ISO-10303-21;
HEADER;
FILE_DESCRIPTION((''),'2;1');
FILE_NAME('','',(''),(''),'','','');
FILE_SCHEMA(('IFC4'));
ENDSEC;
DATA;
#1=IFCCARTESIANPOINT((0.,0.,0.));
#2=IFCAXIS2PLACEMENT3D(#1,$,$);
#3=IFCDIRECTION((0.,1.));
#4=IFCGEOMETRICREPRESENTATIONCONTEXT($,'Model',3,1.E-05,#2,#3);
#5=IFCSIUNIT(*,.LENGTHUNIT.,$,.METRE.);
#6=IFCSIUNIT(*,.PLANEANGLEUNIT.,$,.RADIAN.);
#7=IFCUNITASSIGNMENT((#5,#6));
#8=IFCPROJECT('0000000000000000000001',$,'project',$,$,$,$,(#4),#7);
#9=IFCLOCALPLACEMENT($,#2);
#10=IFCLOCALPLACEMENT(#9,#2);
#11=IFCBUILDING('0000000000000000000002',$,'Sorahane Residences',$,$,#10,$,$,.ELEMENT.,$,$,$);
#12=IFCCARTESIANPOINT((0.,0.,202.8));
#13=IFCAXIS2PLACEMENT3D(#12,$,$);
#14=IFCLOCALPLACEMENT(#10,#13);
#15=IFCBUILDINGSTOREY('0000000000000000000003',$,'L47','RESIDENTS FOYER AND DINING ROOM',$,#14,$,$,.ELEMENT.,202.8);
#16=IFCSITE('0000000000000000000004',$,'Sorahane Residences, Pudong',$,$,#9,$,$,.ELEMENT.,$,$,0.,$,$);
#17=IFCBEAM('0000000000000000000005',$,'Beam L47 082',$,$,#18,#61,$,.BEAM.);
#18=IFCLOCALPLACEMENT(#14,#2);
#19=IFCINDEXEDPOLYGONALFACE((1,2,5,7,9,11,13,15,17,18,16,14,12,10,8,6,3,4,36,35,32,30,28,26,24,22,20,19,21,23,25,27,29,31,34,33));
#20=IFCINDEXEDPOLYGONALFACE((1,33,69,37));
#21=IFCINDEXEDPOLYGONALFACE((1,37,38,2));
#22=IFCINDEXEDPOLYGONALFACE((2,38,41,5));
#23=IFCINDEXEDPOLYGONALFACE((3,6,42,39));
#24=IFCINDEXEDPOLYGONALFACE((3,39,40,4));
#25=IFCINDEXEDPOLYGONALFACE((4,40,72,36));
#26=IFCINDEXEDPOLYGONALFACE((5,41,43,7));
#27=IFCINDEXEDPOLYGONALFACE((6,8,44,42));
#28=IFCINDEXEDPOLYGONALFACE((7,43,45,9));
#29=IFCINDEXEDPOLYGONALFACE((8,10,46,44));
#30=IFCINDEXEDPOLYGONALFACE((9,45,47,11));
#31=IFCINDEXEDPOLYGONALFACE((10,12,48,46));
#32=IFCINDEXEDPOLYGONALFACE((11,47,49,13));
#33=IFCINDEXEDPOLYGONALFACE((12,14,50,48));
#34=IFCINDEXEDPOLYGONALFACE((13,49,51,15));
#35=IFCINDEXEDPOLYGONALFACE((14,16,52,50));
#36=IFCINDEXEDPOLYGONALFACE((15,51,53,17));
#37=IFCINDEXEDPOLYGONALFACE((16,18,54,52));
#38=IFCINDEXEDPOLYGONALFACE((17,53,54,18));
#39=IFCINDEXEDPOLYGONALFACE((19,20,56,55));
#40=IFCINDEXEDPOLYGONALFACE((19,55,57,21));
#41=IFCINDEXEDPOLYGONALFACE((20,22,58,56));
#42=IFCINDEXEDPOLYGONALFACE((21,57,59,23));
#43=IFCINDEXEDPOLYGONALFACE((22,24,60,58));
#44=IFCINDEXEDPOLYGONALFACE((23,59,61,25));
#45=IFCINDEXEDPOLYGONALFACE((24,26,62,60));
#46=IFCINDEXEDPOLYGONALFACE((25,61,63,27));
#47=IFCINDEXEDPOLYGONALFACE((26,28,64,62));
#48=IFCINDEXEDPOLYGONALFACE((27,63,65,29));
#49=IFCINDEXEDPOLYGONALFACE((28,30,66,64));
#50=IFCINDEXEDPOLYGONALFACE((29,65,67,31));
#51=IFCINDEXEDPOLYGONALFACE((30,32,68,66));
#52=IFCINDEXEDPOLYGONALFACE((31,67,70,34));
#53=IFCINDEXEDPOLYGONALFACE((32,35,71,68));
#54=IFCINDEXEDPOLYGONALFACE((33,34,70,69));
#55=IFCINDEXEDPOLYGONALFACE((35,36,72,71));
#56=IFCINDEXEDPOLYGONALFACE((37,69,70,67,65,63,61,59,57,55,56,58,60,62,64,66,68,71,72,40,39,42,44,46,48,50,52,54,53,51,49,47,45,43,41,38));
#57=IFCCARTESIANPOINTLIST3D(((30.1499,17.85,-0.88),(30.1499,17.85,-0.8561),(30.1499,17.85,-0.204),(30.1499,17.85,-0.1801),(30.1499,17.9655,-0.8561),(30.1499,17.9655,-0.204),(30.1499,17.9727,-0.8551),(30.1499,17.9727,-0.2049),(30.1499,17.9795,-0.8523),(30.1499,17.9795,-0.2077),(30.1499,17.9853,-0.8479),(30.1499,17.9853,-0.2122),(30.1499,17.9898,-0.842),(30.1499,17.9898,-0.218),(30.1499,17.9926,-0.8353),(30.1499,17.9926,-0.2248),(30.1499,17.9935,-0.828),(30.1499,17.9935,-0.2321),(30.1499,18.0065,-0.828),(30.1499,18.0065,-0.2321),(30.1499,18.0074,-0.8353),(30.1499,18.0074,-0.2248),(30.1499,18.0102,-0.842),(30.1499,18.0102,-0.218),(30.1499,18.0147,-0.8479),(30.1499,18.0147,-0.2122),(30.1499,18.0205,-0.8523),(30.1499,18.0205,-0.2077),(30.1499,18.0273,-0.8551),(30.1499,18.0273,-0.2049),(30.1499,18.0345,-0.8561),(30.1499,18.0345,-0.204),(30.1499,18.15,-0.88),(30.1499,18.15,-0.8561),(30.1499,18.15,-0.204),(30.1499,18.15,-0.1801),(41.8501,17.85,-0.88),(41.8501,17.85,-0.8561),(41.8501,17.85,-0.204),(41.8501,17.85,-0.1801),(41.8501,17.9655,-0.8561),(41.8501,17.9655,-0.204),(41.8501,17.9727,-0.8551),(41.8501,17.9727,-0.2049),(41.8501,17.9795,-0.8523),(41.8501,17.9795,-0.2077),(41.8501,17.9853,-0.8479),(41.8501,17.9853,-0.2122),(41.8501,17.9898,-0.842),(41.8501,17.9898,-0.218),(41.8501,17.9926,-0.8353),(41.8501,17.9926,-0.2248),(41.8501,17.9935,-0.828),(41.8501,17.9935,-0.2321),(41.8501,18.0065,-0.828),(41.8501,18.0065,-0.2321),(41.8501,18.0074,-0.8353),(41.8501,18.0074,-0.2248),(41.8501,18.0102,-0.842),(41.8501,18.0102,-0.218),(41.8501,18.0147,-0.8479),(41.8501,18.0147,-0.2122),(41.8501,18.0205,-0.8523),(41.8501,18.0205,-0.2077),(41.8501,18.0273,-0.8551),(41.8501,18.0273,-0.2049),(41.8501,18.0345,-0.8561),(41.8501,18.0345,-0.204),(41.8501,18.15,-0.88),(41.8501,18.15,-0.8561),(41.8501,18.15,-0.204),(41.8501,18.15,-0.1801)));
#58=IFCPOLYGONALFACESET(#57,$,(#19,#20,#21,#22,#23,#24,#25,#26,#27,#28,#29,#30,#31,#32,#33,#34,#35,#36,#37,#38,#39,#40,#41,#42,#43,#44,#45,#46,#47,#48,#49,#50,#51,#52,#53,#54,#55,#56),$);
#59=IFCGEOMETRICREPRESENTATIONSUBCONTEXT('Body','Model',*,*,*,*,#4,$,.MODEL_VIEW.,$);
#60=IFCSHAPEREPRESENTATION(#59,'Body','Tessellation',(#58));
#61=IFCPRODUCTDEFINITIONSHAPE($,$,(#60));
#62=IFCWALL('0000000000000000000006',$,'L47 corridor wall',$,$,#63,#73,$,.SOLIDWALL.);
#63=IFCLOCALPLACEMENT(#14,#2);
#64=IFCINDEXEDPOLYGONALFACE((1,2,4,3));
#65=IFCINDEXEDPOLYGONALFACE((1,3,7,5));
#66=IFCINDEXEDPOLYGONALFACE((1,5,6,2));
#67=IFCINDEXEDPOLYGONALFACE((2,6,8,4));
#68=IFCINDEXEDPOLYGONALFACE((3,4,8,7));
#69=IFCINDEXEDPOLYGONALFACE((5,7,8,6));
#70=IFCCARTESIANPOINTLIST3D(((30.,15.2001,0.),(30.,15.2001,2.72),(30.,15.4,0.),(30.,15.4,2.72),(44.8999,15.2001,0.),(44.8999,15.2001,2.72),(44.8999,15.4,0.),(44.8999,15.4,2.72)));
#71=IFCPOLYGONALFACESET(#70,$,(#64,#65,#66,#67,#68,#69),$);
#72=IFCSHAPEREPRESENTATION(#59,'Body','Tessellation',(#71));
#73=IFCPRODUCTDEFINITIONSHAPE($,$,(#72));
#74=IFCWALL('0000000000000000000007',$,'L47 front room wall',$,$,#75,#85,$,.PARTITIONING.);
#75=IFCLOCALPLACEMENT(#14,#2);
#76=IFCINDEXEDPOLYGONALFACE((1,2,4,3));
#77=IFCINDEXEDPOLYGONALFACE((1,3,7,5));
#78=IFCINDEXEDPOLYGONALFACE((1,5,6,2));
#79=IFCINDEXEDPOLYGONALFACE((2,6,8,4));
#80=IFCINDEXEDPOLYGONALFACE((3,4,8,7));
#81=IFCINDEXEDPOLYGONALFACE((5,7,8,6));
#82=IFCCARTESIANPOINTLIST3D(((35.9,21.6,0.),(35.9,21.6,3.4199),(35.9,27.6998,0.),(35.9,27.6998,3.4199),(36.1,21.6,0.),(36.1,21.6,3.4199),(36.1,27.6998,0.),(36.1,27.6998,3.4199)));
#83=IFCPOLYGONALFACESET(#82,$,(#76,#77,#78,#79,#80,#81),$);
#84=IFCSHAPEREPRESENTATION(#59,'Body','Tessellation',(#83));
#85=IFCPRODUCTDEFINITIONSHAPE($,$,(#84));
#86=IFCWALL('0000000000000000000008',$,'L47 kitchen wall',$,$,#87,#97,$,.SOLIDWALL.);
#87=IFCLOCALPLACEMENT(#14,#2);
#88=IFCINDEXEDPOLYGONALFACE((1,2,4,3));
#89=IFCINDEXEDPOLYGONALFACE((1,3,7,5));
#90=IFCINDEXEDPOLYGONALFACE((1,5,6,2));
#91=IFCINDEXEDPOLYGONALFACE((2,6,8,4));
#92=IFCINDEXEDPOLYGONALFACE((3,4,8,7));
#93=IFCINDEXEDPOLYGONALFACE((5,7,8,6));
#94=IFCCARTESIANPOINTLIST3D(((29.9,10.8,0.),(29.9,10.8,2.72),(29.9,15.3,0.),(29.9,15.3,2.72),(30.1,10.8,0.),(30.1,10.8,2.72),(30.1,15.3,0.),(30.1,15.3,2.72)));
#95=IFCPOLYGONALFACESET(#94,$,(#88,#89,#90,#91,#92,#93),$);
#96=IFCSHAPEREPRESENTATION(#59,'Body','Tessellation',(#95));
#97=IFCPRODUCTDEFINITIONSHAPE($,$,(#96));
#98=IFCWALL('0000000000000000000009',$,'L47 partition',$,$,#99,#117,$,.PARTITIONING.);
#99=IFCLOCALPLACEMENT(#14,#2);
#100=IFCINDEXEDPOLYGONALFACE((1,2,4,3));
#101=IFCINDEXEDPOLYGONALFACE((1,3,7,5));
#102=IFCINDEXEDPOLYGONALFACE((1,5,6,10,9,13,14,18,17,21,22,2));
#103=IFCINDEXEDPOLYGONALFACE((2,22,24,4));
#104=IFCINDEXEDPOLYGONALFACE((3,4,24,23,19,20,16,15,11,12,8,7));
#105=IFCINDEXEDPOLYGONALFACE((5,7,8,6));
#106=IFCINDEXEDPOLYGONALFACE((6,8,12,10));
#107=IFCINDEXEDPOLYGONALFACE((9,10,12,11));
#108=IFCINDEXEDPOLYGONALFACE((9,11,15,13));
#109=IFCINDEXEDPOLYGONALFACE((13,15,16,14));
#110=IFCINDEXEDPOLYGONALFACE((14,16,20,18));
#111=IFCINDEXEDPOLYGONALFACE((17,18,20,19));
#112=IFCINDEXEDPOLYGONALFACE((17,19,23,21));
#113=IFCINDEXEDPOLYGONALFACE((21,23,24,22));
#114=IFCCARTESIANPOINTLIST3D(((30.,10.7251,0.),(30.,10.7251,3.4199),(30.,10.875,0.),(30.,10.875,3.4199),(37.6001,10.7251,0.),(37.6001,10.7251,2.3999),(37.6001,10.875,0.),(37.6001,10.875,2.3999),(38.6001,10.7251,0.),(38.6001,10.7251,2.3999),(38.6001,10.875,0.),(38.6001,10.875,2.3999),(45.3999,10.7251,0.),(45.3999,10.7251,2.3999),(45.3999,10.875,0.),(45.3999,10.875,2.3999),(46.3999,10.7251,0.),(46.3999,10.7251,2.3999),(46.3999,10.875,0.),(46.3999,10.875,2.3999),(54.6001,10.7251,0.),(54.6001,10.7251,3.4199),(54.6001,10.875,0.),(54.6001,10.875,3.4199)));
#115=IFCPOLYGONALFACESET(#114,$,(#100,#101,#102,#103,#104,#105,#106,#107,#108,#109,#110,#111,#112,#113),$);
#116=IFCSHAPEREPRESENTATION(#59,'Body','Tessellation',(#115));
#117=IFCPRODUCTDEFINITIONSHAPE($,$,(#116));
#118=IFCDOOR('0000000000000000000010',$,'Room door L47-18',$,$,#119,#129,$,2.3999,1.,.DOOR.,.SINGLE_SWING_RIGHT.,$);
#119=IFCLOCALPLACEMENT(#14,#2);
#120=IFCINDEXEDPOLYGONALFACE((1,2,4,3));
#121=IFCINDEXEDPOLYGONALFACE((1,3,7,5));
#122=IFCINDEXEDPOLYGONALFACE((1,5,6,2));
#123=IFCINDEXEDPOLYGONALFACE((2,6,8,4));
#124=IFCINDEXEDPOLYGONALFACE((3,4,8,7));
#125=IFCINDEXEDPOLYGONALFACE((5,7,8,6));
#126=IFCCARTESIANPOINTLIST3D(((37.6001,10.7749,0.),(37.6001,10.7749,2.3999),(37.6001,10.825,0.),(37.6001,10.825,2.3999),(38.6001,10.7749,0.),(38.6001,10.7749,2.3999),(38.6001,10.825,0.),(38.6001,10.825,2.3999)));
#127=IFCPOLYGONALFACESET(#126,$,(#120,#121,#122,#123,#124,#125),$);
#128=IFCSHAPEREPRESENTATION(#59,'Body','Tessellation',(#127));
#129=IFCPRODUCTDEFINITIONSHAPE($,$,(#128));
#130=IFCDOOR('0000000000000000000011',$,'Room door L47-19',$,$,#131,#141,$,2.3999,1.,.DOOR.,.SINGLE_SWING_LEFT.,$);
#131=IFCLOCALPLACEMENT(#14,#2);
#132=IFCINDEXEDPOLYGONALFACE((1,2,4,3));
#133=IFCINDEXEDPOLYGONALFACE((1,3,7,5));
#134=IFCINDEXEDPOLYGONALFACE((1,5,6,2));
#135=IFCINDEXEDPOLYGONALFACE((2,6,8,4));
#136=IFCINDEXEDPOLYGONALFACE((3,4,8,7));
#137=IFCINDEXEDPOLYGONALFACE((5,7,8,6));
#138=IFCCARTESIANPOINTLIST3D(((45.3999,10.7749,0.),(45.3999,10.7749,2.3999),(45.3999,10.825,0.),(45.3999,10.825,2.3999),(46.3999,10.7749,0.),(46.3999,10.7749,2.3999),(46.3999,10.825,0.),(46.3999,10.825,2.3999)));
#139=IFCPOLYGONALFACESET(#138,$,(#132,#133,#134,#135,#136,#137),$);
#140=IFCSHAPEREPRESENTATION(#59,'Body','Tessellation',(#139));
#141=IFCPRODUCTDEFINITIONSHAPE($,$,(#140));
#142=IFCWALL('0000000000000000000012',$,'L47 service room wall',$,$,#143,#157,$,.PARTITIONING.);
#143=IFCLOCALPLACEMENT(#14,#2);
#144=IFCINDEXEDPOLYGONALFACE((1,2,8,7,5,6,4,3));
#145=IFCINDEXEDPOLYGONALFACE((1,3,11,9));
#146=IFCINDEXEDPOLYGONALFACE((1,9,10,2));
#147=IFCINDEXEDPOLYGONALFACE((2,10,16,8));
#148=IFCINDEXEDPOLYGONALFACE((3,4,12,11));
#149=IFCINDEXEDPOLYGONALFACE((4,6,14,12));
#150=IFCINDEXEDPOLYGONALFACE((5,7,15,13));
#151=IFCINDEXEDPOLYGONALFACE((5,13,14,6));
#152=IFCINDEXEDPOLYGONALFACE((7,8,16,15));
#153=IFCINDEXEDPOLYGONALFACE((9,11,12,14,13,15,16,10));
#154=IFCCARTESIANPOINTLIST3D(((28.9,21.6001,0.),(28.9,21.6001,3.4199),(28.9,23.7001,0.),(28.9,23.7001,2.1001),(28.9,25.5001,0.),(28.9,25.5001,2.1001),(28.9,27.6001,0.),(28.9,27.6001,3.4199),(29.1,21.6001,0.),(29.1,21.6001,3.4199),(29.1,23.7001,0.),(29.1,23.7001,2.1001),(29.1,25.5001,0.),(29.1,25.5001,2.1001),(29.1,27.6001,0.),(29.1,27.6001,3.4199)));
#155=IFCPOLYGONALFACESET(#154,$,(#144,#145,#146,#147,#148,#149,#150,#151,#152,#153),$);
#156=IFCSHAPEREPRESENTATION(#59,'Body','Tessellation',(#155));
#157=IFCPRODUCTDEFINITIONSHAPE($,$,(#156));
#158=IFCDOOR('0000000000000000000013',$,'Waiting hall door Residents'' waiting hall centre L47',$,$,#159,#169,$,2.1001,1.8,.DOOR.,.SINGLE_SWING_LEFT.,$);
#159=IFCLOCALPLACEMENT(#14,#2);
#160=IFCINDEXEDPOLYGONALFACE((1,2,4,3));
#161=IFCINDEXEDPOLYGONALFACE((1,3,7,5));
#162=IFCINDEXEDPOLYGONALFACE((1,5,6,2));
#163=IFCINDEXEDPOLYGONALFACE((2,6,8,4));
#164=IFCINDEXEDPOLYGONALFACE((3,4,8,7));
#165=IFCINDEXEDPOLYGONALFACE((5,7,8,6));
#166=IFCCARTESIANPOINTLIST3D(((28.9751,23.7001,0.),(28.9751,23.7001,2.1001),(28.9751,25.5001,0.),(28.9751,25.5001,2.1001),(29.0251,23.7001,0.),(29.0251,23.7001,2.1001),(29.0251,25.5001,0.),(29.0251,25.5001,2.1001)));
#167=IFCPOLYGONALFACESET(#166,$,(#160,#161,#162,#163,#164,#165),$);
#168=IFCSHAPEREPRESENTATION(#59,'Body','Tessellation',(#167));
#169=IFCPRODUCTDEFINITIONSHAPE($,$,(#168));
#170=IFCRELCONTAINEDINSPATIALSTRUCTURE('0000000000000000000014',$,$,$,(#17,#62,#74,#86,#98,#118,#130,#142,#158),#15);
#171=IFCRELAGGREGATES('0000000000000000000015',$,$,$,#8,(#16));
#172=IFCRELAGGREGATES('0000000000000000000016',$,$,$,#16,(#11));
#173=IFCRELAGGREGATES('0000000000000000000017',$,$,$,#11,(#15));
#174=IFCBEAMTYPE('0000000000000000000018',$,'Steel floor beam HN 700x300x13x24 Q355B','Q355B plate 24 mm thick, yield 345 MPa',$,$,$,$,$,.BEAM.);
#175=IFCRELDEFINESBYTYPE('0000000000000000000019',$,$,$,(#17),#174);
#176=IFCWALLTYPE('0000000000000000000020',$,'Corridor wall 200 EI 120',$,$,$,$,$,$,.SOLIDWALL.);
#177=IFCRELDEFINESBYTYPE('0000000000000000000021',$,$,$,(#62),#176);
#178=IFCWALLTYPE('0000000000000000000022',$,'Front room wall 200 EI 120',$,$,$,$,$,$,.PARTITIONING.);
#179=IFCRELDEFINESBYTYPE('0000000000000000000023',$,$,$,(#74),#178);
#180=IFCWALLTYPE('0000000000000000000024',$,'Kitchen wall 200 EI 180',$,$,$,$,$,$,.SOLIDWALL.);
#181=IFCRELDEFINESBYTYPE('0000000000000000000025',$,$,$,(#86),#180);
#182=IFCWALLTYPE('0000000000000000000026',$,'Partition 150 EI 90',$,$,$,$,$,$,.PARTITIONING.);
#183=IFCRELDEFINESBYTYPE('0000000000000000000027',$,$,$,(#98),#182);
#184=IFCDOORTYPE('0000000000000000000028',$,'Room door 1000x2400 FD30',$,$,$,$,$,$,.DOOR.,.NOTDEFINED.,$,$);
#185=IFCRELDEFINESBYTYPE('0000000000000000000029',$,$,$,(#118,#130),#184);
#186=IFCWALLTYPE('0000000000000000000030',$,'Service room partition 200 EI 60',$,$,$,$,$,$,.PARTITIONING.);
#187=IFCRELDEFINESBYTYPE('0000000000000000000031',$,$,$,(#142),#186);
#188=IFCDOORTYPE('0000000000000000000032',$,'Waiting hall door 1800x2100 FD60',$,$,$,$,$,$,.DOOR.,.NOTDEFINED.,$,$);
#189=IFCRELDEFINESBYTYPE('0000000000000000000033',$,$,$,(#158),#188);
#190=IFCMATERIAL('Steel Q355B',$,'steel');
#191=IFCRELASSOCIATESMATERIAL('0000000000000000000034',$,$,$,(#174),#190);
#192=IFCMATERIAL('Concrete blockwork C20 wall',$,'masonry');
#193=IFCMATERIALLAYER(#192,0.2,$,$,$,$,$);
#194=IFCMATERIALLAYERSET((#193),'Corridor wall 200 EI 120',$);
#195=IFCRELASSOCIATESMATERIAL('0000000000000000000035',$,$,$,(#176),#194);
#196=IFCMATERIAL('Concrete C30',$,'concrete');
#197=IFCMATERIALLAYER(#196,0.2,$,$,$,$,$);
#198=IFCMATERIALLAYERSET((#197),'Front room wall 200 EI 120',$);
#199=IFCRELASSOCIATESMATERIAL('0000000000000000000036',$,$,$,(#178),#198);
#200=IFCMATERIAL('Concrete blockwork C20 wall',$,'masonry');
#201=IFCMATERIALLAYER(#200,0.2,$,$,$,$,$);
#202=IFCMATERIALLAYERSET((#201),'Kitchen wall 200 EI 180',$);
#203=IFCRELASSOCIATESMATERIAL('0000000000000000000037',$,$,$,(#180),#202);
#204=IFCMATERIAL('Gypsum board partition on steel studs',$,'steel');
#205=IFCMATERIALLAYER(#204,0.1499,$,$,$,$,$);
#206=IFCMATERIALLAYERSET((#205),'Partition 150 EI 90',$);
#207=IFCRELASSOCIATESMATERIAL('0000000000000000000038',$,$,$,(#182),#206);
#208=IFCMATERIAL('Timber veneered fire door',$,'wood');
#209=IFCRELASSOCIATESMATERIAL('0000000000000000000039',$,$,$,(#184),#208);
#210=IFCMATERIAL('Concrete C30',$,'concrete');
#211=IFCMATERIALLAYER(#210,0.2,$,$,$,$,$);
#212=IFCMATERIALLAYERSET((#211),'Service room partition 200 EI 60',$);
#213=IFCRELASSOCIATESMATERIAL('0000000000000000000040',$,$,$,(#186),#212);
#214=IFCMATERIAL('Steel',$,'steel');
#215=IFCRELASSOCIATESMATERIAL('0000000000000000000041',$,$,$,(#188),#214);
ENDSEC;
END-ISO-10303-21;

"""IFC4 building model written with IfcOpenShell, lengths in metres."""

from ifc_helpers import new_model, si_unit, direction, frame, frame_2d, origin, origin_2d, place, context, subcontext, project, spatial, rectangle, i_section, extrude, material, layer, layer_set, material_profile, profile_set, type_object, element, fill, save


model = new_model("IFC4")

# Units and contexts
model_context = context("Model", 3, precision=1e-05, world=origin(), true_north=direction((0.0, 1.0)))
body_context = subcontext(model_context, "Body", "Model", "MODEL_VIEW")
ifc_project = project(units=[si_unit("LENGTHUNIT", "METRE"), si_unit("PLANEANGLEUNIT", "RADIAN")], contexts=[model_context])

# Site, building, storey
site_placement = place(None, origin())
site = spatial("IfcSite", under=ifc_project, at=site_placement, Name="Sorahane Residences, Pudong", CompositionType="ELEMENT", RefElevation=0.0)
building_placement = place(site_placement, origin())
building = spatial("IfcBuilding", under=site, at=building_placement, Name="Sorahane Residences", CompositionType="ELEMENT")
storey_placement = place(building_placement, frame((0.0, 0.0, 202.8)))
storey = spatial("IfcBuildingStorey", under=building, at=storey_placement, Name="L47", Description="RESIDENTS FOYER AND DINING ROOM", CompositionType="ELEMENT", Elevation=202.8)

# Beam
ifc_material_1 = material(Name="Steel Q355B", Category="steel")
ifc_material_profile_1 = material_profile(ifc_material_1, i_section(OverallWidth=0.3, OverallDepth=0.7, WebThickness=0.0129, FlangeThickness=0.0239, FilletRadius=0.0281, at=origin_2d()), Name="HN 700x300x13x24")
ifc_profile_set_1 = profile_set([ifc_material_profile_1], Name="Steel Q355B")
beam_type_1 = type_object("IfcBeamType", Name="Steel floor beam HN 700x300x13x24 Q355B", Description="Q355B plate 24 mm thick, yield 345 MPa", PredefinedType="BEAM", material=ifc_profile_set_1)
beam_1_placement = place(storey_placement, frame((30.1499, 18.0, -0.53), z_axis=(1.0, 0.0, 0.0), x_axis=(0.0, 1.0, 0.0)))
element("IfcBeam", 1, at=beam_1_placement, inside=storey, type_object=beam_type_1, Name="Beam L47 082", PredefinedType="BEAM", context=body_context, shape_type="SweptSolid", body=[
    extrude(i_section(OverallWidth=0.3, OverallDepth=0.7, WebThickness=0.0129, FlangeThickness=0.0239, FilletRadius=0.0281, at=origin_2d()), origin(), (0.0, 0.0, 1.0), 11.7002),
])

# Walls
ifc_material_2 = material(Name="Concrete blockwork C20 wall", Category="masonry")
ifc_layer_1 = layer(ifc_material_2, 0.2)
ifc_layer_set_1 = layer_set([ifc_layer_1], Name="Corridor wall 200 EI 120")
wall_type_1 = type_object("IfcWallType", Name="Corridor wall 200 EI 120", PredefinedType="SOLIDWALL", material=ifc_layer_set_1)
wall_1_placement = place(storey_placement, frame((30.0, 15.3, 0.0), z_axis=(0.0, 0.0, 1.0), x_axis=(1.0, 0.0, 0.0)))
element("IfcWall", 2, at=wall_1_placement, inside=storey, type_object=wall_type_1, Name="L47 corridor wall", PredefinedType="SOLIDWALL", context=body_context, shape_type="SweptSolid", body=[
    extrude(rectangle(XDim=14.8999, YDim=0.2, at=frame_2d((7.45, 0.0))), origin(), (0.0, 0.0, 1.0), 2.72),
])
ifc_material_3 = material(Name="Concrete C30", Category="concrete")
ifc_layer_2 = layer(ifc_material_3, 0.2)
ifc_layer_set_2 = layer_set([ifc_layer_2], Name="Front room wall 200 EI 120")
wall_type_2 = type_object("IfcWallType", Name="Front room wall 200 EI 120", PredefinedType="PARTITIONING", material=ifc_layer_set_2)
wall_2_placement = place(storey_placement, frame((36.0, 21.6001, 0.0), z_axis=(0.0, 0.0, 1.0), x_axis=(0.0, 1.0, 0.0)))
element("IfcWall", 3, at=wall_2_placement, inside=storey, type_object=wall_type_2, Name="L47 front room wall", PredefinedType="PARTITIONING", context=body_context, shape_type="SweptSolid", body=[
    extrude(rectangle(XDim=6.0999, YDim=0.2, at=frame_2d((3.0498, 0.0))), origin(), (0.0, 0.0, 1.0), 3.4199),
])
ifc_material_4 = material(Name="Concrete blockwork C20 wall", Category="masonry")
ifc_layer_3 = layer(ifc_material_4, 0.2)
ifc_layer_set_3 = layer_set([ifc_layer_3], Name="Kitchen wall 200 EI 180")
wall_type_3 = type_object("IfcWallType", Name="Kitchen wall 200 EI 180", PredefinedType="SOLIDWALL", material=ifc_layer_set_3)
wall_3_placement = place(storey_placement, frame((30.0, 10.8, 0.0), z_axis=(0.0, 0.0, 1.0), x_axis=(0.0, 1.0, 0.0)))
element("IfcWall", 4, at=wall_3_placement, inside=storey, type_object=wall_type_3, Name="L47 kitchen wall", PredefinedType="SOLIDWALL", context=body_context, shape_type="SweptSolid", body=[
    extrude(rectangle(XDim=4.5, YDim=0.2, at=frame_2d((2.25, 0.0))), origin(), (0.0, 0.0, 1.0), 2.72),
])

# Wall, openings, doors
ifc_material_5 = material(Name="Gypsum board partition on steel studs", Category="steel")
ifc_layer_4 = layer(ifc_material_5, 0.1499)
ifc_layer_set_4 = layer_set([ifc_layer_4], Name="Partition 150 EI 90")
wall_type_4 = type_object("IfcWallType", Name="Partition 150 EI 90", PredefinedType="PARTITIONING", material=ifc_layer_set_4)
wall_4_placement = place(storey_placement, frame((30.0, 10.8, 0.0), z_axis=(0.0, 0.0, 1.0), x_axis=(1.0, 0.0, 0.0)))
wall_4 = element("IfcWall", 5, at=wall_4_placement, inside=storey, type_object=wall_type_4, Name="L47 partition", PredefinedType="PARTITIONING", context=body_context, shape_type="SweptSolid", body=[
    extrude(rectangle(XDim=24.6001, YDim=0.1499, at=frame_2d((12.3, 0.0))), origin(), (0.0, 0.0, 1.0), 3.4199),
])
opening_1_placement = place(wall_4_placement, frame((7.6001, 0.0, 0.0)))
opening_1 = element("IfcOpeningElement", 6, at=opening_1_placement, cuts=wall_4, PredefinedType="OPENING", context=body_context, shape_type="SweptSolid", body=[
    extrude(rectangle(XDim=1.0, YDim=2.3999, at=frame_2d((0.5, 1.2))), frame((0.0, 0.085, 0.0), z_axis=(0.0, -1.0, 0.0), x_axis=(1.0, 0.0, 0.0)), (0.0, 0.0, 1.0), 0.1699),
])
opening_2_placement = place(wall_4_placement, frame((15.3999, 0.0, 0.0)))
opening_2 = element("IfcOpeningElement", 7, at=opening_2_placement, cuts=wall_4, PredefinedType="OPENING", context=body_context, shape_type="SweptSolid", body=[
    extrude(rectangle(XDim=1.0, YDim=2.3999, at=frame_2d((0.5, 1.2))), frame((0.0, 0.085, 0.0), z_axis=(0.0, -1.0, 0.0), x_axis=(1.0, 0.0, 0.0)), (0.0, 0.0, 1.0), 0.1699),
])
ifc_material_6 = material(Name="Timber veneered fire door", Category="wood")
door_type_1 = type_object("IfcDoorType", Name="Room door 1000x2400 FD30", OperationType="NOTDEFINED", PredefinedType="DOOR", material=ifc_material_6)
door_1_placement = place(opening_1_placement, origin())
door_1 = element("IfcDoor", 8, at=door_1_placement, inside=storey, type_object=door_type_1, Name="Room door L47-18", OperationType="SINGLE_SWING_RIGHT", OverallHeight=2.3999, OverallWidth=1.0, PredefinedType="DOOR", context=body_context, shape_type="SweptSolid", body=[
    extrude(rectangle(XDim=1.0, YDim=2.3999, at=frame_2d((0.5, 1.2))), frame((0.0, 0.0249, 0.0), z_axis=(0.0, -1.0, 0.0), x_axis=(1.0, 0.0, 0.0)), (0.0, 0.0, 1.0), 0.05),
])
fill(opening_1, door_1)
door_2_placement = place(opening_2_placement, origin())
door_2 = element("IfcDoor", 9, at=door_2_placement, inside=storey, type_object=door_type_1, Name="Room door L47-19", OperationType="SINGLE_SWING_LEFT", OverallHeight=2.3999, OverallWidth=1.0, PredefinedType="DOOR", context=body_context, shape_type="SweptSolid", body=[
    extrude(rectangle(XDim=1.0, YDim=2.3999, at=frame_2d((0.5, 1.2))), frame((0.0, 0.0249, 0.0), z_axis=(0.0, -1.0, 0.0), x_axis=(1.0, 0.0, 0.0)), (0.0, 0.0, 1.0), 0.05),
])
fill(opening_2, door_2)

# Wall, opening, door
ifc_material_7 = material(Name="Concrete C30", Category="concrete")
ifc_layer_5 = layer(ifc_material_7, 0.2)
ifc_layer_set_5 = layer_set([ifc_layer_5], Name="Service room partition 200 EI 60")
wall_type_5 = type_object("IfcWallType", Name="Service room partition 200 EI 60", PredefinedType="PARTITIONING", material=ifc_layer_set_5)
wall_5_placement = place(storey_placement, frame((29.0, 21.6001, 0.0), z_axis=(0.0, 0.0, 1.0), x_axis=(0.0, 1.0, 0.0)))
wall_5 = element("IfcWall", 10, at=wall_5_placement, inside=storey, type_object=wall_type_5, Name="L47 service room wall", PredefinedType="PARTITIONING", context=body_context, shape_type="SweptSolid", body=[
    extrude(rectangle(XDim=6.0, YDim=0.2, at=frame_2d((3.0, 0.0))), origin(), (0.0, 0.0, 1.0), 3.4199),
])
opening_3_placement = place(wall_5_placement, frame((2.1001, 0.0, 0.0)))
opening_3 = element("IfcOpeningElement", 11, at=opening_3_placement, cuts=wall_5, PredefinedType="OPENING", context=body_context, shape_type="SweptSolid", body=[
    extrude(rectangle(XDim=1.8, YDim=2.1001, at=frame_2d((0.8999, 1.05))), frame((0.0, 0.1099, 0.0), z_axis=(0.0, -1.0, 0.0), x_axis=(1.0, 0.0, 0.0)), (0.0, 0.0, 1.0), 0.22),
])
ifc_material_8 = material(Name="Steel", Category="steel")
door_type_2 = type_object("IfcDoorType", Name="Waiting hall door 1800x2100 FD60", OperationType="NOTDEFINED", PredefinedType="DOOR", material=ifc_material_8)
door_3_placement = place(opening_3_placement, origin())
door_3 = element("IfcDoor", 12, at=door_3_placement, inside=storey, type_object=door_type_2, Name="Waiting hall door Residents' waiting hall centre L47", OperationType="SINGLE_SWING_LEFT", OverallHeight=2.1001, OverallWidth=1.8, PredefinedType="DOOR", context=body_context, shape_type="SweptSolid", body=[
    extrude(rectangle(XDim=1.8, YDim=2.1001, at=frame_2d((0.8999, 1.05))), frame((0.0, 0.0249, 0.0), z_axis=(0.0, -1.0, 0.0), x_axis=(1.0, 0.0, 0.0)), (0.0, 0.0, 1.0), 0.05),
])
fill(opening_3, door_3)

save(model, "model.ifc")
